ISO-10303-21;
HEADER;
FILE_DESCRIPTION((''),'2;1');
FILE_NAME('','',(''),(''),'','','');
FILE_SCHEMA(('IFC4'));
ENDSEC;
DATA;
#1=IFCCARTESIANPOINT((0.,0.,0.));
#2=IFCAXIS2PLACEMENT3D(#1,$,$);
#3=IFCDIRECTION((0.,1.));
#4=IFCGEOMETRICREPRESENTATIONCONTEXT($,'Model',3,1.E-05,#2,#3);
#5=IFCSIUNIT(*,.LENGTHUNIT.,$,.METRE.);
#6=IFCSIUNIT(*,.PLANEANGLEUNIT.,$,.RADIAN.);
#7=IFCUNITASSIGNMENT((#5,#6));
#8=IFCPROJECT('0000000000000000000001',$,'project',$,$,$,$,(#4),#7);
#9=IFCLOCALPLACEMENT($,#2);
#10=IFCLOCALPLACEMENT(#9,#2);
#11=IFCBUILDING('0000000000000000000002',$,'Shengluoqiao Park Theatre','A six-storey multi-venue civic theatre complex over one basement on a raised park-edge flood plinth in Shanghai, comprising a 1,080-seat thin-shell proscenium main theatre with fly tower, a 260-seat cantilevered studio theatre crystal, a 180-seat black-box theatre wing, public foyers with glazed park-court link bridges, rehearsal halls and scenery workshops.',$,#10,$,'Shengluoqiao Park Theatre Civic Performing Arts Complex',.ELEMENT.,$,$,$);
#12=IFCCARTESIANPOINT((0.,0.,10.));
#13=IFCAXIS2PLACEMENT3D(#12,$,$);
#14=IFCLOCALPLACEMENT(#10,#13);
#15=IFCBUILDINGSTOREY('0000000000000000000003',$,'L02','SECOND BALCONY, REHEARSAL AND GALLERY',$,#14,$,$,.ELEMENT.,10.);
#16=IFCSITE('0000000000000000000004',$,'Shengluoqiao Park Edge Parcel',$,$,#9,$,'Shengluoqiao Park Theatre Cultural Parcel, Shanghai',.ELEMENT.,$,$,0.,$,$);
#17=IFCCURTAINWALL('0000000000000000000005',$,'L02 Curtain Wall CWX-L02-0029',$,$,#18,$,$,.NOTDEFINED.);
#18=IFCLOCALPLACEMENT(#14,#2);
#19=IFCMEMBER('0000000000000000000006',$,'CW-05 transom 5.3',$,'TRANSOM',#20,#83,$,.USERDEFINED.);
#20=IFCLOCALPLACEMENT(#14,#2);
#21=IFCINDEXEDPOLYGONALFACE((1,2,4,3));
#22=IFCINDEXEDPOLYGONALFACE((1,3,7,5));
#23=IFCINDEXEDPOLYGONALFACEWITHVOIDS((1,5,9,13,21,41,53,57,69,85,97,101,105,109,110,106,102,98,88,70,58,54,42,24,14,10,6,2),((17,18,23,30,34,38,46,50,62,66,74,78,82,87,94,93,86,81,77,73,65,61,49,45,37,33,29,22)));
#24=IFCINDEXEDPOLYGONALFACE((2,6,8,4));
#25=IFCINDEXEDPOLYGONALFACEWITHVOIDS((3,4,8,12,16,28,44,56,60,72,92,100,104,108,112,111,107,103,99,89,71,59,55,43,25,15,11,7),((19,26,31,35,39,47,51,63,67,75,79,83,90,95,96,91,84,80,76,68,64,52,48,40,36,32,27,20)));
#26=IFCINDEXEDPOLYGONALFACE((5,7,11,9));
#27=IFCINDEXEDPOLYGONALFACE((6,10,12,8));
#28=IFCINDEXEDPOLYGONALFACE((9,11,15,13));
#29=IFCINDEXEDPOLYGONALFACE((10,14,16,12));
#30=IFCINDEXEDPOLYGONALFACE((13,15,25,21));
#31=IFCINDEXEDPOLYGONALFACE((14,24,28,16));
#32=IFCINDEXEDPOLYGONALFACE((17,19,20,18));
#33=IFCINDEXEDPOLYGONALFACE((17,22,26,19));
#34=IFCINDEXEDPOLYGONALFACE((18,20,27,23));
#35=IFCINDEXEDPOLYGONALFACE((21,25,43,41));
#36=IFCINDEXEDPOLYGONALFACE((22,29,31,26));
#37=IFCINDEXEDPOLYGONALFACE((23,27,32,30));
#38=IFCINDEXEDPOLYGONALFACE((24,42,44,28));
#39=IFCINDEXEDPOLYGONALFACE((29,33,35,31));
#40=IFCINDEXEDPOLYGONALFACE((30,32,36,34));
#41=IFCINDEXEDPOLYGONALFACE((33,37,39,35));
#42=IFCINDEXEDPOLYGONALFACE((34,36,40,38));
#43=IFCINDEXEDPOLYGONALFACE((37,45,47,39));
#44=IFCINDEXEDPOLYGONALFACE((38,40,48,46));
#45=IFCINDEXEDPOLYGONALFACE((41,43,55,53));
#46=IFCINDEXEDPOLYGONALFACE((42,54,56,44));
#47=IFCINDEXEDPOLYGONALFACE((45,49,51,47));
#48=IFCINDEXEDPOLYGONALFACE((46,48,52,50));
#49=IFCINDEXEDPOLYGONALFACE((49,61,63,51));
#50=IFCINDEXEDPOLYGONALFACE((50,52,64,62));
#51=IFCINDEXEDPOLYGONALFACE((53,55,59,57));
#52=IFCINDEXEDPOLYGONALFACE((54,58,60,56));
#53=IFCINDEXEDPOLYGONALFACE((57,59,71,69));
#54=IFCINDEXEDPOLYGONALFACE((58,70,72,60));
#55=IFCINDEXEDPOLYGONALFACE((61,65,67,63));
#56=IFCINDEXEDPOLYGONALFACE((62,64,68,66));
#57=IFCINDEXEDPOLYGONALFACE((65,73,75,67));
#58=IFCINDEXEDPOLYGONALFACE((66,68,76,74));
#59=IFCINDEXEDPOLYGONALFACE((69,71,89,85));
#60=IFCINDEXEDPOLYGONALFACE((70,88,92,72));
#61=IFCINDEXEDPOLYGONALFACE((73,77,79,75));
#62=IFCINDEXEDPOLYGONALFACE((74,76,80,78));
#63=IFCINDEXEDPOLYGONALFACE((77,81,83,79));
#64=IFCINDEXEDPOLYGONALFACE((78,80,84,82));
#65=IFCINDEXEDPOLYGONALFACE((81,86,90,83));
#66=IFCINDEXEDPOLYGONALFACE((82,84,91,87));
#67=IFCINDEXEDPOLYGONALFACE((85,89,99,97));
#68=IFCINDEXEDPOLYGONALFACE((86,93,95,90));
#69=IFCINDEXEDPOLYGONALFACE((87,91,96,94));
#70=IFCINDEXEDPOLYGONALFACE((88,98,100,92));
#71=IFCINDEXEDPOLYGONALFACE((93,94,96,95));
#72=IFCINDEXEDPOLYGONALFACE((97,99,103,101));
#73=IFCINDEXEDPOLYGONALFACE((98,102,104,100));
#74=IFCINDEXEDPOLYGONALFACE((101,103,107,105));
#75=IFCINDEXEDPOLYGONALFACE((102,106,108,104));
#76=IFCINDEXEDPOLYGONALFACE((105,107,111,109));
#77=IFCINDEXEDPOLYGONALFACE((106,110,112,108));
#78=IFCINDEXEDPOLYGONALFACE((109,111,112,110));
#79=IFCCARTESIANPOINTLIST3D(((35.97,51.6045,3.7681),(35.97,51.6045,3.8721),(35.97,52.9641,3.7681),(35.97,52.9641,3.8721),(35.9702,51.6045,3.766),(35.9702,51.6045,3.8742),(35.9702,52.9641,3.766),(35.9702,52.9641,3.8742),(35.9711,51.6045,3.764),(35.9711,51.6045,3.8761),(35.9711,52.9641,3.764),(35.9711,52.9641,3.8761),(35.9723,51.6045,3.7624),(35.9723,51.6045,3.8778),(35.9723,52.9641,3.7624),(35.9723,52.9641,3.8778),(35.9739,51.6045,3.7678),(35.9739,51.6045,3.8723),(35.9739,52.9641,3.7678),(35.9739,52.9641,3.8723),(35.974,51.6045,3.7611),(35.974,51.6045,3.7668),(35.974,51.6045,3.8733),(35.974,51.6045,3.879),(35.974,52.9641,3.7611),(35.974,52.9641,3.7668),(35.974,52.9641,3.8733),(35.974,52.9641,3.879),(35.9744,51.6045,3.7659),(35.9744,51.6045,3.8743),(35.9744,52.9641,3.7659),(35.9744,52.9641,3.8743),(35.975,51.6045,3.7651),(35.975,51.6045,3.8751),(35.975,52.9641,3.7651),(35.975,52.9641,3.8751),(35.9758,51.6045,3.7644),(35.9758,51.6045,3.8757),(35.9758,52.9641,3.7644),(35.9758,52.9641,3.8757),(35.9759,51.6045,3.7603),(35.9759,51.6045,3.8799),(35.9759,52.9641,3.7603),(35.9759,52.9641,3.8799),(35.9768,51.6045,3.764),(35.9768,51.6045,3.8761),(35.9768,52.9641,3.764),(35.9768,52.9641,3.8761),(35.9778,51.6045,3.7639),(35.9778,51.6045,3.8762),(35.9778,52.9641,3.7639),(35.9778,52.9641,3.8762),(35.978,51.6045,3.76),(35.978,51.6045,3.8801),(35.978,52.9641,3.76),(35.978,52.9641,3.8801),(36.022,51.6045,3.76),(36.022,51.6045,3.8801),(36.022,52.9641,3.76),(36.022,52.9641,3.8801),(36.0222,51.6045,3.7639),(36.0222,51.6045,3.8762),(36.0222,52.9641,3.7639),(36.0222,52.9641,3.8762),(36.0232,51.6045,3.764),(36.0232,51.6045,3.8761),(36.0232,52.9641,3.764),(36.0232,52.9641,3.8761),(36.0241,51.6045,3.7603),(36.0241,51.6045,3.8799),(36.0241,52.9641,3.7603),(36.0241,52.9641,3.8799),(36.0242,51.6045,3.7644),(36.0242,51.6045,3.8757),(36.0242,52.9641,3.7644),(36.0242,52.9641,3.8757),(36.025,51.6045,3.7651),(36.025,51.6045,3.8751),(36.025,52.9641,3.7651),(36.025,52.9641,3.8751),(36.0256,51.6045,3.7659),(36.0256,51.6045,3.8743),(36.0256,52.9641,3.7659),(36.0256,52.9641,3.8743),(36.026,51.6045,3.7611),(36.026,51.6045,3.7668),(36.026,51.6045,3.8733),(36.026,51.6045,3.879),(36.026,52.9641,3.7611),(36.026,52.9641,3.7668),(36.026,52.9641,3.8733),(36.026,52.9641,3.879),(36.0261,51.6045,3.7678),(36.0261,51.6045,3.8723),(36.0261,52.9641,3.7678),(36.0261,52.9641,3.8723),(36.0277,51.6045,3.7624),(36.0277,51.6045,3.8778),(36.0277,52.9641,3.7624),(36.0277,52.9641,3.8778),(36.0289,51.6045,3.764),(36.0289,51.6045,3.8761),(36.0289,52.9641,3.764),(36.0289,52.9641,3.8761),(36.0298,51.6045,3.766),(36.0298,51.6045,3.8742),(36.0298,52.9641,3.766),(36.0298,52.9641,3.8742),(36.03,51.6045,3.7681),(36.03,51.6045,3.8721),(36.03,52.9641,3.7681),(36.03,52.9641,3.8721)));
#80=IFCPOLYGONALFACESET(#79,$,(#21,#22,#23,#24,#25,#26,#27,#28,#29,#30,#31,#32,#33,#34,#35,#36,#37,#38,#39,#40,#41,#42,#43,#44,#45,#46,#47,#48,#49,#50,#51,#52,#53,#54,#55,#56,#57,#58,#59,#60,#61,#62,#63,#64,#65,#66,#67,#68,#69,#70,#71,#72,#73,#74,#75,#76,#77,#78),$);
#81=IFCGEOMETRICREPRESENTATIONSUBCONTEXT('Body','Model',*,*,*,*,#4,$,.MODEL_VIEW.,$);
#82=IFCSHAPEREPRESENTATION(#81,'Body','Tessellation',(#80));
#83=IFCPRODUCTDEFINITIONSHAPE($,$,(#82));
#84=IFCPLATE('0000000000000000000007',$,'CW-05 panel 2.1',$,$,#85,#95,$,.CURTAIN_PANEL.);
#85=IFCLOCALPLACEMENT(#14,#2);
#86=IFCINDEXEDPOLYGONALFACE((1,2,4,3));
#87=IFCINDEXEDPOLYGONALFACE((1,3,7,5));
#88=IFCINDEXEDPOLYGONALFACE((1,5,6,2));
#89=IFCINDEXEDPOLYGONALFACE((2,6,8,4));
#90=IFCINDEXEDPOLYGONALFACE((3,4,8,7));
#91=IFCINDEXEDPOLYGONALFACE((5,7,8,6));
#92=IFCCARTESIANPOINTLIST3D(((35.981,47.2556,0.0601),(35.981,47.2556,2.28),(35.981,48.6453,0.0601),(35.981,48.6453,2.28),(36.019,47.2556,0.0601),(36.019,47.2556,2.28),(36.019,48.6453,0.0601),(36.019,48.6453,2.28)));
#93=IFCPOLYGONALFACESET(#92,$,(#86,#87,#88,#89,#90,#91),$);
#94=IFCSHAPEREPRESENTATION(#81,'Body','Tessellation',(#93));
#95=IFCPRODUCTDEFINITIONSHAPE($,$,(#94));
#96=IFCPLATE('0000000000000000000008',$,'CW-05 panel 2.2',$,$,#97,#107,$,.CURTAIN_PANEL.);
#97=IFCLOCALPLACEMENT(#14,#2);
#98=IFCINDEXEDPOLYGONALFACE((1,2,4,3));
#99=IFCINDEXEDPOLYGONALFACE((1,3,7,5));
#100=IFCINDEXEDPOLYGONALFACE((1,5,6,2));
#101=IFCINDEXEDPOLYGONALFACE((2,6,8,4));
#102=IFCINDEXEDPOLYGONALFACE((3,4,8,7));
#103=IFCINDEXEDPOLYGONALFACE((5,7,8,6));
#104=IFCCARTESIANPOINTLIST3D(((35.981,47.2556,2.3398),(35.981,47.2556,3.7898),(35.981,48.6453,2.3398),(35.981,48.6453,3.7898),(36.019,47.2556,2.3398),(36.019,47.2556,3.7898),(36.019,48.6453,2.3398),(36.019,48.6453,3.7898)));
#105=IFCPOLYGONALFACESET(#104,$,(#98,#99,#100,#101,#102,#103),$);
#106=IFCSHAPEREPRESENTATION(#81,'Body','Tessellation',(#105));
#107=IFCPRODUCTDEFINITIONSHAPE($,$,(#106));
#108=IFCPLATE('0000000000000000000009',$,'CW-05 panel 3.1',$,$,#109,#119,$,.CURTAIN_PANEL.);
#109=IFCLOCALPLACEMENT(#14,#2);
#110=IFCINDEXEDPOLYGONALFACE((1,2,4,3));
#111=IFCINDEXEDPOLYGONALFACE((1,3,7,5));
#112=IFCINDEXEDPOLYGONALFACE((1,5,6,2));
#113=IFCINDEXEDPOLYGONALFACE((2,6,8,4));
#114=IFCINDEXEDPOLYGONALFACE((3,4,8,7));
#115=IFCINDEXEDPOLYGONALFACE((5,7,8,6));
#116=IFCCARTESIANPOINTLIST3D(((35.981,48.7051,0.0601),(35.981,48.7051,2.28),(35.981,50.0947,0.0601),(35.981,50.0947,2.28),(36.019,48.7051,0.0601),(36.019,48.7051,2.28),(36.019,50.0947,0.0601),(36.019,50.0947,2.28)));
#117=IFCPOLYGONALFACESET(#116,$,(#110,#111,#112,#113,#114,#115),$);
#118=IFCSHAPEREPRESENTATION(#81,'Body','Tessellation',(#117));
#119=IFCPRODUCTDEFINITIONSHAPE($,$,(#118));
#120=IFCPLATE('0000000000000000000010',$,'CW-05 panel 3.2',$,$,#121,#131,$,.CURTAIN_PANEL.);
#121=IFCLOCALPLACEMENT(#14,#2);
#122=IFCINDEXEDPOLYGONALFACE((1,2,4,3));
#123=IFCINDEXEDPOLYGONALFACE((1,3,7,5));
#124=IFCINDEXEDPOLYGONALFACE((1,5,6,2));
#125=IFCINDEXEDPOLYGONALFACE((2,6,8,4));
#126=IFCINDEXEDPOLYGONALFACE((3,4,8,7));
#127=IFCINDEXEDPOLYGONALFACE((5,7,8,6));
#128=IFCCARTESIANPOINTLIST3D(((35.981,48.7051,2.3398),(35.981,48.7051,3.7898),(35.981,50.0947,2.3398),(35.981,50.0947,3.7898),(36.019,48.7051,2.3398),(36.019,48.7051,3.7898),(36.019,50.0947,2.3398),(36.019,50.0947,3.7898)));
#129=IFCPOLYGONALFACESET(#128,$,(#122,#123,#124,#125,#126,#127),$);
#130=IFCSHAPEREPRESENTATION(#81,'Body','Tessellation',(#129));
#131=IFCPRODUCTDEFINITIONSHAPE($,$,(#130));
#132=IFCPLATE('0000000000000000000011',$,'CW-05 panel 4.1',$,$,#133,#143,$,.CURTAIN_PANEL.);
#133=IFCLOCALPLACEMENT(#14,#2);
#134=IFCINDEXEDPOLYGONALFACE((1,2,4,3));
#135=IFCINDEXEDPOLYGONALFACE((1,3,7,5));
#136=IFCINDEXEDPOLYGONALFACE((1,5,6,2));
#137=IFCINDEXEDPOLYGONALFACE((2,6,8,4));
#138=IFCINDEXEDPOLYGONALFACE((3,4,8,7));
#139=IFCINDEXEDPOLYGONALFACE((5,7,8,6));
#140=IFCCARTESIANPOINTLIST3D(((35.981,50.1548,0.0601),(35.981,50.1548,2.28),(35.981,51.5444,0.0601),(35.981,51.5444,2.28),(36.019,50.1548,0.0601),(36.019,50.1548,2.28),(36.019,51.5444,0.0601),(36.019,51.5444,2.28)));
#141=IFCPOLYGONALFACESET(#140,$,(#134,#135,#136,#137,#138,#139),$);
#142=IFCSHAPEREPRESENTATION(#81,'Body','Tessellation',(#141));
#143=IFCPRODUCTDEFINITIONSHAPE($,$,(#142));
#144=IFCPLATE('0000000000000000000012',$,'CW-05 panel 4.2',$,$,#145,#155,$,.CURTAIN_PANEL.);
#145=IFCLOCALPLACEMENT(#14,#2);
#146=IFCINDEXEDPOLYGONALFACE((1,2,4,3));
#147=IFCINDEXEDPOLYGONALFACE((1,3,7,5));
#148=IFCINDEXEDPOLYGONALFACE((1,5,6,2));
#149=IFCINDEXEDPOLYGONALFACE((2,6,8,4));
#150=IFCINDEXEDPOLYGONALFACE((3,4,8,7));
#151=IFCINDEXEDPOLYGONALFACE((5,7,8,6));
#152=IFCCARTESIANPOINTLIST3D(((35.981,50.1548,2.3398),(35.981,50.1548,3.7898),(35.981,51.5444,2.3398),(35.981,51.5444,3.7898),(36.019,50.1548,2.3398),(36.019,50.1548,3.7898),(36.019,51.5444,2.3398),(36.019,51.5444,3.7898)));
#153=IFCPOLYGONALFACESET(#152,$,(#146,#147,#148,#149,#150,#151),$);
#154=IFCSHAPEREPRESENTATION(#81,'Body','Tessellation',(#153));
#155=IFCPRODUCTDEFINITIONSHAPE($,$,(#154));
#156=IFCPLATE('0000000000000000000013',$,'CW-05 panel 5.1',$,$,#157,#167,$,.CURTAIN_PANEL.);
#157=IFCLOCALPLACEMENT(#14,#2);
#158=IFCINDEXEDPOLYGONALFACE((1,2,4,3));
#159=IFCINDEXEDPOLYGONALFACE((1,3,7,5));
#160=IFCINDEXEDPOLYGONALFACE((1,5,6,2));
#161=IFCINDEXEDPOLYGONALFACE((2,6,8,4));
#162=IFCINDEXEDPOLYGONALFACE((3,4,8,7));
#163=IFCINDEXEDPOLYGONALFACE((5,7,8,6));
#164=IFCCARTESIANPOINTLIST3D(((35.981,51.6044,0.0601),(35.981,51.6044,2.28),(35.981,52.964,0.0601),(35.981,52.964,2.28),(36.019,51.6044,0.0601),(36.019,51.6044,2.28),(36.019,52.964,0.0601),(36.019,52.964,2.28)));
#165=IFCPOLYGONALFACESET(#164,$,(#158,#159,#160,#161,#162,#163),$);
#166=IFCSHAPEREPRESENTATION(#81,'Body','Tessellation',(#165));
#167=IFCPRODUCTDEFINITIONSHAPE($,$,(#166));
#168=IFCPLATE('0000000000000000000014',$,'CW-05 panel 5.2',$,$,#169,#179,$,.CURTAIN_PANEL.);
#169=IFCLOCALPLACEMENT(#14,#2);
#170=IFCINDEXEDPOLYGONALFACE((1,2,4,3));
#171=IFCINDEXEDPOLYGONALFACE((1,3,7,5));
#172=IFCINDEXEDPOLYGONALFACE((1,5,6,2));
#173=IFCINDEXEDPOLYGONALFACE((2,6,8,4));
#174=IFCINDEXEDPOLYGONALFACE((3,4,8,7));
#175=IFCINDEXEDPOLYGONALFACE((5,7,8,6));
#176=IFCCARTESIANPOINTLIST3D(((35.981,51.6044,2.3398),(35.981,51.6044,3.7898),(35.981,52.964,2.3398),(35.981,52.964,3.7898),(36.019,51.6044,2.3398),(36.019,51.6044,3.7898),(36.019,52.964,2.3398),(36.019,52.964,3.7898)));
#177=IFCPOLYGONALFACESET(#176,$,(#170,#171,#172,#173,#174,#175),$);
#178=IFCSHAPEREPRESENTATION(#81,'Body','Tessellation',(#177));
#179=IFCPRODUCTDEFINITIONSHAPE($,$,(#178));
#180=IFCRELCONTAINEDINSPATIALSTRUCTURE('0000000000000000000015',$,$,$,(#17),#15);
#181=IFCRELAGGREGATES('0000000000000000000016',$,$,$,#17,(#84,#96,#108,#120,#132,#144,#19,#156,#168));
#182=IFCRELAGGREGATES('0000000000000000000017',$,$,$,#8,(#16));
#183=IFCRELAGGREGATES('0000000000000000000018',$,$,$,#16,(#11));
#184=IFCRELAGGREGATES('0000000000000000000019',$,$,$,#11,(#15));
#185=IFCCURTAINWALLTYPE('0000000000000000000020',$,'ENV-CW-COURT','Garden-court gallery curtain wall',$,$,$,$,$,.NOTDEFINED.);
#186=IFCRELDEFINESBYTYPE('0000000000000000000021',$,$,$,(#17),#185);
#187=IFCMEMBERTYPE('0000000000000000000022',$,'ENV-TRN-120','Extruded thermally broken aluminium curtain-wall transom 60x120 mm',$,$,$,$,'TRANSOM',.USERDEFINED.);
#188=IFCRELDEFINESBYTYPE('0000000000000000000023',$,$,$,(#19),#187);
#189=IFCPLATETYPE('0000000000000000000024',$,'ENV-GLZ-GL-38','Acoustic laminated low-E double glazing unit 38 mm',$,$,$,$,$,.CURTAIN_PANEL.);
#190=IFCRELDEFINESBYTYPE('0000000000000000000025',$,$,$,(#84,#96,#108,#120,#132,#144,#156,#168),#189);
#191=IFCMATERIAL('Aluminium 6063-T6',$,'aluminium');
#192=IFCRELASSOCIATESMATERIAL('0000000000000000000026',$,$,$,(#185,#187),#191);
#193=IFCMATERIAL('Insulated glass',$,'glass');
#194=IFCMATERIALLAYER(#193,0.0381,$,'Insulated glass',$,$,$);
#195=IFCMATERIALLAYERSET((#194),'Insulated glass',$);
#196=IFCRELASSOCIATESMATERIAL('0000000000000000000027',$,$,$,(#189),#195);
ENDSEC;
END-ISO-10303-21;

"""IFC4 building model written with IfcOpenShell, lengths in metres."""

from ifc_helpers import new_model, si_unit, direction, frame, origin, origin_2d, place, context, subcontext, project, spatial, rectangle, hollow_rectangle, extrude, material, layer, layer_set, material_profile, profile_set, type_object, element, aggregate, save


model = new_model("IFC4")

# Units and contexts
model_context = context("Model", 3, precision=1e-05, world=origin(), true_north=direction((0.0, 1.0)))
body_context = subcontext(model_context, "Body", "Model", "MODEL_VIEW")
ifc_project = project(units=[si_unit("LENGTHUNIT", "METRE"), si_unit("PLANEANGLEUNIT", "RADIAN")], contexts=[model_context])

# Site, building, storey
site_placement = place(None, origin())
site = spatial("IfcSite", under=ifc_project, at=site_placement, Name="Shengluoqiao Park Edge Parcel", LongName="Shengluoqiao Park Theatre Cultural Parcel, Shanghai", CompositionType="ELEMENT", RefElevation=0.0)
building_placement = place(site_placement, origin())
building = spatial("IfcBuilding", under=site, at=building_placement, Name="Shengluoqiao Park Theatre", Description="A six-storey multi-venue civic theatre complex over one basement on a raised park-edge flood plinth in Shanghai, comprising a 1,080-seat thin-shell proscenium main theatre with fly tower, a 260-seat cantilevered studio theatre crystal, a 180-seat black-box theatre wing, public foyers with glazed park-court link bridges, rehearsal halls and scenery workshops.", LongName="Shengluoqiao Park Theatre Civic Performing Arts Complex", CompositionType="ELEMENT")
storey_placement = place(building_placement, frame((0.0, 0.0, 10.0)))
storey = spatial("IfcBuildingStorey", under=building, at=storey_placement, Name="L02", Description="SECOND BALCONY, REHEARSAL AND GALLERY", CompositionType="ELEMENT", Elevation=10.0)

# Curtain wall, member, plates
ifc_material_1 = material(Name="Aluminium 6063-T6", Category="aluminium")
curtain_wall_type = type_object("IfcCurtainWallType", Name="ENV-CW-COURT", Description="Garden-court gallery curtain wall", PredefinedType="NOTDEFINED", material=ifc_material_1)
curtain_wall_placement = place(storey_placement, origin())
curtain_wall = element("IfcCurtainWall", 1, at=curtain_wall_placement, inside=storey, type_object=curtain_wall_type, Name="L02 Curtain Wall CWX-L02-0029", PredefinedType="NOTDEFINED")
ifc_material_profile_1 = material_profile(ifc_material_1, hollow_rectangle(XDim=0.0601, YDim=0.1201, WallThickness=0.0039, InnerFilletRadius=0.0039, OuterFilletRadius=0.0081, at=origin_2d()), Name="ALU TRANSOM 120x60x4")
ifc_profile_set_1 = profile_set([ifc_material_profile_1], Name="Aluminium 6063-T6")
member_type_1 = type_object("IfcMemberType", Name="ENV-TRN-120", Description="Extruded thermally broken aluminium curtain-wall transom 60x120 mm", ElementType="TRANSOM", PredefinedType="USERDEFINED", material=ifc_profile_set_1)
member_1_placement = place(storey_placement, frame((36.0, 51.6045, 3.8201), z_axis=(0.0, 1.0, 0.0), x_axis=(-1.0, 0.0, 0.0)))
member_1 = element("IfcMember", 2, at=member_1_placement, type_object=member_type_1, Name="CW-05 transom 5.3", ObjectType="TRANSOM", PredefinedType="USERDEFINED", context=body_context, shape_type="SweptSolid", body=[
    extrude(hollow_rectangle(XDim=0.0601, YDim=0.1201, WallThickness=0.0039, InnerFilletRadius=0.0039, OuterFilletRadius=0.0081, at=origin_2d()), origin(), (0.0, 0.0, 1.0), 1.3596),
])
ifc_material_2 = material(Name="Insulated glass", Category="glass")
ifc_layer = layer(ifc_material_2, 0.0381, Name="Insulated glass")
ifc_layer_set = layer_set([ifc_layer], Name="Insulated glass")
plate_type = type_object("IfcPlateType", Name="ENV-GLZ-GL-38", Description="Acoustic laminated low-E double glazing unit 38 mm", PredefinedType="CURTAIN_PANEL", material=ifc_layer_set)
plate_1_placement = place(storey_placement, frame((36.0, 47.9504, 0.0601), z_axis=(0.0, 0.0, 1.0), x_axis=(0.0, 1.0, 0.0)))
plate_1 = element("IfcPlate", 3, at=plate_1_placement, type_object=plate_type, Name="CW-05 panel 2.1", PredefinedType="CURTAIN_PANEL", context=body_context, shape_type="SweptSolid", body=[
    extrude(rectangle(XDim=1.3896, YDim=0.0381, at=origin_2d()), origin(), (0.0, 0.0, 1.0), 2.22),
])
plate_2_placement = place(storey_placement, frame((36.0, 47.9504, 2.3398), z_axis=(0.0, 0.0, 1.0), x_axis=(0.0, 1.0, 0.0)))
plate_2 = element("IfcPlate", 4, at=plate_2_placement, type_object=plate_type, Name="CW-05 panel 2.2", PredefinedType="CURTAIN_PANEL", context=body_context, shape_type="SweptSolid", body=[
    extrude(rectangle(XDim=1.3896, YDim=0.0381, at=origin_2d()), origin(), (0.0, 0.0, 1.0), 1.45),
])
plate_3_placement = place(storey_placement, frame((36.0, 49.3999, 0.0601), z_axis=(0.0, 0.0, 1.0), x_axis=(0.0, 1.0, 0.0)))
plate_3 = element("IfcPlate", 5, at=plate_3_placement, type_object=plate_type, Name="CW-05 panel 3.1", PredefinedType="CURTAIN_PANEL", context=body_context, shape_type="SweptSolid", body=[
    extrude(rectangle(XDim=1.3896, YDim=0.0381, at=origin_2d()), origin(), (0.0, 0.0, 1.0), 2.22),
])
plate_4_placement = place(storey_placement, frame((36.0, 49.3999, 2.3398), z_axis=(0.0, 0.0, 1.0), x_axis=(0.0, 1.0, 0.0)))
plate_4 = element("IfcPlate", 6, at=plate_4_placement, type_object=plate_type, Name="CW-05 panel 3.2", PredefinedType="CURTAIN_PANEL", context=body_context, shape_type="SweptSolid", body=[
    extrude(rectangle(XDim=1.3896, YDim=0.0381, at=origin_2d()), origin(), (0.0, 0.0, 1.0), 1.45),
])
plate_5_placement = place(storey_placement, frame((36.0, 50.8496, 0.0601), z_axis=(0.0, 0.0, 1.0), x_axis=(0.0, 1.0, 0.0)))
plate_5 = element("IfcPlate", 7, at=plate_5_placement, type_object=plate_type, Name="CW-05 panel 4.1", PredefinedType="CURTAIN_PANEL", context=body_context, shape_type="SweptSolid", body=[
    extrude(rectangle(XDim=1.3896, YDim=0.0381, at=origin_2d()), origin(), (0.0, 0.0, 1.0), 2.22),
])
plate_6_placement = place(storey_placement, frame((36.0, 50.8496, 2.3398), z_axis=(0.0, 0.0, 1.0), x_axis=(0.0, 1.0, 0.0)))
plate_6 = element("IfcPlate", 8, at=plate_6_placement, type_object=plate_type, Name="CW-05 panel 4.2", PredefinedType="CURTAIN_PANEL", context=body_context, shape_type="SweptSolid", body=[
    extrude(rectangle(XDim=1.3896, YDim=0.0381, at=origin_2d()), origin(), (0.0, 0.0, 1.0), 1.45),
])
plate_7_placement = place(storey_placement, frame((36.0, 52.2842, 0.0601), z_axis=(0.0, 0.0, 1.0), x_axis=(0.0, 1.0, 0.0)))
plate_7 = element("IfcPlate", 9, at=plate_7_placement, type_object=plate_type, Name="CW-05 panel 5.1", PredefinedType="CURTAIN_PANEL", context=body_context, shape_type="SweptSolid", body=[
    extrude(rectangle(XDim=1.3596, YDim=0.0381, at=origin_2d()), origin(), (0.0, 0.0, 1.0), 2.22),
])
plate_8_placement = place(storey_placement, frame((36.0, 52.2842, 2.3398), z_axis=(0.0, 0.0, 1.0), x_axis=(0.0, 1.0, 0.0)))
plate_8 = element("IfcPlate", 10, at=plate_8_placement, type_object=plate_type, Name="CW-05 panel 5.2", PredefinedType="CURTAIN_PANEL", context=body_context, shape_type="SweptSolid", body=[
    extrude(rectangle(XDim=1.3596, YDim=0.0381, at=origin_2d()), origin(), (0.0, 0.0, 1.0), 1.45),
])
aggregate(curtain_wall, [plate_1, plate_2, plate_3, plate_4, plate_5, plate_6, member_1, plate_7, plate_8])

save(model, "model.ifc")
